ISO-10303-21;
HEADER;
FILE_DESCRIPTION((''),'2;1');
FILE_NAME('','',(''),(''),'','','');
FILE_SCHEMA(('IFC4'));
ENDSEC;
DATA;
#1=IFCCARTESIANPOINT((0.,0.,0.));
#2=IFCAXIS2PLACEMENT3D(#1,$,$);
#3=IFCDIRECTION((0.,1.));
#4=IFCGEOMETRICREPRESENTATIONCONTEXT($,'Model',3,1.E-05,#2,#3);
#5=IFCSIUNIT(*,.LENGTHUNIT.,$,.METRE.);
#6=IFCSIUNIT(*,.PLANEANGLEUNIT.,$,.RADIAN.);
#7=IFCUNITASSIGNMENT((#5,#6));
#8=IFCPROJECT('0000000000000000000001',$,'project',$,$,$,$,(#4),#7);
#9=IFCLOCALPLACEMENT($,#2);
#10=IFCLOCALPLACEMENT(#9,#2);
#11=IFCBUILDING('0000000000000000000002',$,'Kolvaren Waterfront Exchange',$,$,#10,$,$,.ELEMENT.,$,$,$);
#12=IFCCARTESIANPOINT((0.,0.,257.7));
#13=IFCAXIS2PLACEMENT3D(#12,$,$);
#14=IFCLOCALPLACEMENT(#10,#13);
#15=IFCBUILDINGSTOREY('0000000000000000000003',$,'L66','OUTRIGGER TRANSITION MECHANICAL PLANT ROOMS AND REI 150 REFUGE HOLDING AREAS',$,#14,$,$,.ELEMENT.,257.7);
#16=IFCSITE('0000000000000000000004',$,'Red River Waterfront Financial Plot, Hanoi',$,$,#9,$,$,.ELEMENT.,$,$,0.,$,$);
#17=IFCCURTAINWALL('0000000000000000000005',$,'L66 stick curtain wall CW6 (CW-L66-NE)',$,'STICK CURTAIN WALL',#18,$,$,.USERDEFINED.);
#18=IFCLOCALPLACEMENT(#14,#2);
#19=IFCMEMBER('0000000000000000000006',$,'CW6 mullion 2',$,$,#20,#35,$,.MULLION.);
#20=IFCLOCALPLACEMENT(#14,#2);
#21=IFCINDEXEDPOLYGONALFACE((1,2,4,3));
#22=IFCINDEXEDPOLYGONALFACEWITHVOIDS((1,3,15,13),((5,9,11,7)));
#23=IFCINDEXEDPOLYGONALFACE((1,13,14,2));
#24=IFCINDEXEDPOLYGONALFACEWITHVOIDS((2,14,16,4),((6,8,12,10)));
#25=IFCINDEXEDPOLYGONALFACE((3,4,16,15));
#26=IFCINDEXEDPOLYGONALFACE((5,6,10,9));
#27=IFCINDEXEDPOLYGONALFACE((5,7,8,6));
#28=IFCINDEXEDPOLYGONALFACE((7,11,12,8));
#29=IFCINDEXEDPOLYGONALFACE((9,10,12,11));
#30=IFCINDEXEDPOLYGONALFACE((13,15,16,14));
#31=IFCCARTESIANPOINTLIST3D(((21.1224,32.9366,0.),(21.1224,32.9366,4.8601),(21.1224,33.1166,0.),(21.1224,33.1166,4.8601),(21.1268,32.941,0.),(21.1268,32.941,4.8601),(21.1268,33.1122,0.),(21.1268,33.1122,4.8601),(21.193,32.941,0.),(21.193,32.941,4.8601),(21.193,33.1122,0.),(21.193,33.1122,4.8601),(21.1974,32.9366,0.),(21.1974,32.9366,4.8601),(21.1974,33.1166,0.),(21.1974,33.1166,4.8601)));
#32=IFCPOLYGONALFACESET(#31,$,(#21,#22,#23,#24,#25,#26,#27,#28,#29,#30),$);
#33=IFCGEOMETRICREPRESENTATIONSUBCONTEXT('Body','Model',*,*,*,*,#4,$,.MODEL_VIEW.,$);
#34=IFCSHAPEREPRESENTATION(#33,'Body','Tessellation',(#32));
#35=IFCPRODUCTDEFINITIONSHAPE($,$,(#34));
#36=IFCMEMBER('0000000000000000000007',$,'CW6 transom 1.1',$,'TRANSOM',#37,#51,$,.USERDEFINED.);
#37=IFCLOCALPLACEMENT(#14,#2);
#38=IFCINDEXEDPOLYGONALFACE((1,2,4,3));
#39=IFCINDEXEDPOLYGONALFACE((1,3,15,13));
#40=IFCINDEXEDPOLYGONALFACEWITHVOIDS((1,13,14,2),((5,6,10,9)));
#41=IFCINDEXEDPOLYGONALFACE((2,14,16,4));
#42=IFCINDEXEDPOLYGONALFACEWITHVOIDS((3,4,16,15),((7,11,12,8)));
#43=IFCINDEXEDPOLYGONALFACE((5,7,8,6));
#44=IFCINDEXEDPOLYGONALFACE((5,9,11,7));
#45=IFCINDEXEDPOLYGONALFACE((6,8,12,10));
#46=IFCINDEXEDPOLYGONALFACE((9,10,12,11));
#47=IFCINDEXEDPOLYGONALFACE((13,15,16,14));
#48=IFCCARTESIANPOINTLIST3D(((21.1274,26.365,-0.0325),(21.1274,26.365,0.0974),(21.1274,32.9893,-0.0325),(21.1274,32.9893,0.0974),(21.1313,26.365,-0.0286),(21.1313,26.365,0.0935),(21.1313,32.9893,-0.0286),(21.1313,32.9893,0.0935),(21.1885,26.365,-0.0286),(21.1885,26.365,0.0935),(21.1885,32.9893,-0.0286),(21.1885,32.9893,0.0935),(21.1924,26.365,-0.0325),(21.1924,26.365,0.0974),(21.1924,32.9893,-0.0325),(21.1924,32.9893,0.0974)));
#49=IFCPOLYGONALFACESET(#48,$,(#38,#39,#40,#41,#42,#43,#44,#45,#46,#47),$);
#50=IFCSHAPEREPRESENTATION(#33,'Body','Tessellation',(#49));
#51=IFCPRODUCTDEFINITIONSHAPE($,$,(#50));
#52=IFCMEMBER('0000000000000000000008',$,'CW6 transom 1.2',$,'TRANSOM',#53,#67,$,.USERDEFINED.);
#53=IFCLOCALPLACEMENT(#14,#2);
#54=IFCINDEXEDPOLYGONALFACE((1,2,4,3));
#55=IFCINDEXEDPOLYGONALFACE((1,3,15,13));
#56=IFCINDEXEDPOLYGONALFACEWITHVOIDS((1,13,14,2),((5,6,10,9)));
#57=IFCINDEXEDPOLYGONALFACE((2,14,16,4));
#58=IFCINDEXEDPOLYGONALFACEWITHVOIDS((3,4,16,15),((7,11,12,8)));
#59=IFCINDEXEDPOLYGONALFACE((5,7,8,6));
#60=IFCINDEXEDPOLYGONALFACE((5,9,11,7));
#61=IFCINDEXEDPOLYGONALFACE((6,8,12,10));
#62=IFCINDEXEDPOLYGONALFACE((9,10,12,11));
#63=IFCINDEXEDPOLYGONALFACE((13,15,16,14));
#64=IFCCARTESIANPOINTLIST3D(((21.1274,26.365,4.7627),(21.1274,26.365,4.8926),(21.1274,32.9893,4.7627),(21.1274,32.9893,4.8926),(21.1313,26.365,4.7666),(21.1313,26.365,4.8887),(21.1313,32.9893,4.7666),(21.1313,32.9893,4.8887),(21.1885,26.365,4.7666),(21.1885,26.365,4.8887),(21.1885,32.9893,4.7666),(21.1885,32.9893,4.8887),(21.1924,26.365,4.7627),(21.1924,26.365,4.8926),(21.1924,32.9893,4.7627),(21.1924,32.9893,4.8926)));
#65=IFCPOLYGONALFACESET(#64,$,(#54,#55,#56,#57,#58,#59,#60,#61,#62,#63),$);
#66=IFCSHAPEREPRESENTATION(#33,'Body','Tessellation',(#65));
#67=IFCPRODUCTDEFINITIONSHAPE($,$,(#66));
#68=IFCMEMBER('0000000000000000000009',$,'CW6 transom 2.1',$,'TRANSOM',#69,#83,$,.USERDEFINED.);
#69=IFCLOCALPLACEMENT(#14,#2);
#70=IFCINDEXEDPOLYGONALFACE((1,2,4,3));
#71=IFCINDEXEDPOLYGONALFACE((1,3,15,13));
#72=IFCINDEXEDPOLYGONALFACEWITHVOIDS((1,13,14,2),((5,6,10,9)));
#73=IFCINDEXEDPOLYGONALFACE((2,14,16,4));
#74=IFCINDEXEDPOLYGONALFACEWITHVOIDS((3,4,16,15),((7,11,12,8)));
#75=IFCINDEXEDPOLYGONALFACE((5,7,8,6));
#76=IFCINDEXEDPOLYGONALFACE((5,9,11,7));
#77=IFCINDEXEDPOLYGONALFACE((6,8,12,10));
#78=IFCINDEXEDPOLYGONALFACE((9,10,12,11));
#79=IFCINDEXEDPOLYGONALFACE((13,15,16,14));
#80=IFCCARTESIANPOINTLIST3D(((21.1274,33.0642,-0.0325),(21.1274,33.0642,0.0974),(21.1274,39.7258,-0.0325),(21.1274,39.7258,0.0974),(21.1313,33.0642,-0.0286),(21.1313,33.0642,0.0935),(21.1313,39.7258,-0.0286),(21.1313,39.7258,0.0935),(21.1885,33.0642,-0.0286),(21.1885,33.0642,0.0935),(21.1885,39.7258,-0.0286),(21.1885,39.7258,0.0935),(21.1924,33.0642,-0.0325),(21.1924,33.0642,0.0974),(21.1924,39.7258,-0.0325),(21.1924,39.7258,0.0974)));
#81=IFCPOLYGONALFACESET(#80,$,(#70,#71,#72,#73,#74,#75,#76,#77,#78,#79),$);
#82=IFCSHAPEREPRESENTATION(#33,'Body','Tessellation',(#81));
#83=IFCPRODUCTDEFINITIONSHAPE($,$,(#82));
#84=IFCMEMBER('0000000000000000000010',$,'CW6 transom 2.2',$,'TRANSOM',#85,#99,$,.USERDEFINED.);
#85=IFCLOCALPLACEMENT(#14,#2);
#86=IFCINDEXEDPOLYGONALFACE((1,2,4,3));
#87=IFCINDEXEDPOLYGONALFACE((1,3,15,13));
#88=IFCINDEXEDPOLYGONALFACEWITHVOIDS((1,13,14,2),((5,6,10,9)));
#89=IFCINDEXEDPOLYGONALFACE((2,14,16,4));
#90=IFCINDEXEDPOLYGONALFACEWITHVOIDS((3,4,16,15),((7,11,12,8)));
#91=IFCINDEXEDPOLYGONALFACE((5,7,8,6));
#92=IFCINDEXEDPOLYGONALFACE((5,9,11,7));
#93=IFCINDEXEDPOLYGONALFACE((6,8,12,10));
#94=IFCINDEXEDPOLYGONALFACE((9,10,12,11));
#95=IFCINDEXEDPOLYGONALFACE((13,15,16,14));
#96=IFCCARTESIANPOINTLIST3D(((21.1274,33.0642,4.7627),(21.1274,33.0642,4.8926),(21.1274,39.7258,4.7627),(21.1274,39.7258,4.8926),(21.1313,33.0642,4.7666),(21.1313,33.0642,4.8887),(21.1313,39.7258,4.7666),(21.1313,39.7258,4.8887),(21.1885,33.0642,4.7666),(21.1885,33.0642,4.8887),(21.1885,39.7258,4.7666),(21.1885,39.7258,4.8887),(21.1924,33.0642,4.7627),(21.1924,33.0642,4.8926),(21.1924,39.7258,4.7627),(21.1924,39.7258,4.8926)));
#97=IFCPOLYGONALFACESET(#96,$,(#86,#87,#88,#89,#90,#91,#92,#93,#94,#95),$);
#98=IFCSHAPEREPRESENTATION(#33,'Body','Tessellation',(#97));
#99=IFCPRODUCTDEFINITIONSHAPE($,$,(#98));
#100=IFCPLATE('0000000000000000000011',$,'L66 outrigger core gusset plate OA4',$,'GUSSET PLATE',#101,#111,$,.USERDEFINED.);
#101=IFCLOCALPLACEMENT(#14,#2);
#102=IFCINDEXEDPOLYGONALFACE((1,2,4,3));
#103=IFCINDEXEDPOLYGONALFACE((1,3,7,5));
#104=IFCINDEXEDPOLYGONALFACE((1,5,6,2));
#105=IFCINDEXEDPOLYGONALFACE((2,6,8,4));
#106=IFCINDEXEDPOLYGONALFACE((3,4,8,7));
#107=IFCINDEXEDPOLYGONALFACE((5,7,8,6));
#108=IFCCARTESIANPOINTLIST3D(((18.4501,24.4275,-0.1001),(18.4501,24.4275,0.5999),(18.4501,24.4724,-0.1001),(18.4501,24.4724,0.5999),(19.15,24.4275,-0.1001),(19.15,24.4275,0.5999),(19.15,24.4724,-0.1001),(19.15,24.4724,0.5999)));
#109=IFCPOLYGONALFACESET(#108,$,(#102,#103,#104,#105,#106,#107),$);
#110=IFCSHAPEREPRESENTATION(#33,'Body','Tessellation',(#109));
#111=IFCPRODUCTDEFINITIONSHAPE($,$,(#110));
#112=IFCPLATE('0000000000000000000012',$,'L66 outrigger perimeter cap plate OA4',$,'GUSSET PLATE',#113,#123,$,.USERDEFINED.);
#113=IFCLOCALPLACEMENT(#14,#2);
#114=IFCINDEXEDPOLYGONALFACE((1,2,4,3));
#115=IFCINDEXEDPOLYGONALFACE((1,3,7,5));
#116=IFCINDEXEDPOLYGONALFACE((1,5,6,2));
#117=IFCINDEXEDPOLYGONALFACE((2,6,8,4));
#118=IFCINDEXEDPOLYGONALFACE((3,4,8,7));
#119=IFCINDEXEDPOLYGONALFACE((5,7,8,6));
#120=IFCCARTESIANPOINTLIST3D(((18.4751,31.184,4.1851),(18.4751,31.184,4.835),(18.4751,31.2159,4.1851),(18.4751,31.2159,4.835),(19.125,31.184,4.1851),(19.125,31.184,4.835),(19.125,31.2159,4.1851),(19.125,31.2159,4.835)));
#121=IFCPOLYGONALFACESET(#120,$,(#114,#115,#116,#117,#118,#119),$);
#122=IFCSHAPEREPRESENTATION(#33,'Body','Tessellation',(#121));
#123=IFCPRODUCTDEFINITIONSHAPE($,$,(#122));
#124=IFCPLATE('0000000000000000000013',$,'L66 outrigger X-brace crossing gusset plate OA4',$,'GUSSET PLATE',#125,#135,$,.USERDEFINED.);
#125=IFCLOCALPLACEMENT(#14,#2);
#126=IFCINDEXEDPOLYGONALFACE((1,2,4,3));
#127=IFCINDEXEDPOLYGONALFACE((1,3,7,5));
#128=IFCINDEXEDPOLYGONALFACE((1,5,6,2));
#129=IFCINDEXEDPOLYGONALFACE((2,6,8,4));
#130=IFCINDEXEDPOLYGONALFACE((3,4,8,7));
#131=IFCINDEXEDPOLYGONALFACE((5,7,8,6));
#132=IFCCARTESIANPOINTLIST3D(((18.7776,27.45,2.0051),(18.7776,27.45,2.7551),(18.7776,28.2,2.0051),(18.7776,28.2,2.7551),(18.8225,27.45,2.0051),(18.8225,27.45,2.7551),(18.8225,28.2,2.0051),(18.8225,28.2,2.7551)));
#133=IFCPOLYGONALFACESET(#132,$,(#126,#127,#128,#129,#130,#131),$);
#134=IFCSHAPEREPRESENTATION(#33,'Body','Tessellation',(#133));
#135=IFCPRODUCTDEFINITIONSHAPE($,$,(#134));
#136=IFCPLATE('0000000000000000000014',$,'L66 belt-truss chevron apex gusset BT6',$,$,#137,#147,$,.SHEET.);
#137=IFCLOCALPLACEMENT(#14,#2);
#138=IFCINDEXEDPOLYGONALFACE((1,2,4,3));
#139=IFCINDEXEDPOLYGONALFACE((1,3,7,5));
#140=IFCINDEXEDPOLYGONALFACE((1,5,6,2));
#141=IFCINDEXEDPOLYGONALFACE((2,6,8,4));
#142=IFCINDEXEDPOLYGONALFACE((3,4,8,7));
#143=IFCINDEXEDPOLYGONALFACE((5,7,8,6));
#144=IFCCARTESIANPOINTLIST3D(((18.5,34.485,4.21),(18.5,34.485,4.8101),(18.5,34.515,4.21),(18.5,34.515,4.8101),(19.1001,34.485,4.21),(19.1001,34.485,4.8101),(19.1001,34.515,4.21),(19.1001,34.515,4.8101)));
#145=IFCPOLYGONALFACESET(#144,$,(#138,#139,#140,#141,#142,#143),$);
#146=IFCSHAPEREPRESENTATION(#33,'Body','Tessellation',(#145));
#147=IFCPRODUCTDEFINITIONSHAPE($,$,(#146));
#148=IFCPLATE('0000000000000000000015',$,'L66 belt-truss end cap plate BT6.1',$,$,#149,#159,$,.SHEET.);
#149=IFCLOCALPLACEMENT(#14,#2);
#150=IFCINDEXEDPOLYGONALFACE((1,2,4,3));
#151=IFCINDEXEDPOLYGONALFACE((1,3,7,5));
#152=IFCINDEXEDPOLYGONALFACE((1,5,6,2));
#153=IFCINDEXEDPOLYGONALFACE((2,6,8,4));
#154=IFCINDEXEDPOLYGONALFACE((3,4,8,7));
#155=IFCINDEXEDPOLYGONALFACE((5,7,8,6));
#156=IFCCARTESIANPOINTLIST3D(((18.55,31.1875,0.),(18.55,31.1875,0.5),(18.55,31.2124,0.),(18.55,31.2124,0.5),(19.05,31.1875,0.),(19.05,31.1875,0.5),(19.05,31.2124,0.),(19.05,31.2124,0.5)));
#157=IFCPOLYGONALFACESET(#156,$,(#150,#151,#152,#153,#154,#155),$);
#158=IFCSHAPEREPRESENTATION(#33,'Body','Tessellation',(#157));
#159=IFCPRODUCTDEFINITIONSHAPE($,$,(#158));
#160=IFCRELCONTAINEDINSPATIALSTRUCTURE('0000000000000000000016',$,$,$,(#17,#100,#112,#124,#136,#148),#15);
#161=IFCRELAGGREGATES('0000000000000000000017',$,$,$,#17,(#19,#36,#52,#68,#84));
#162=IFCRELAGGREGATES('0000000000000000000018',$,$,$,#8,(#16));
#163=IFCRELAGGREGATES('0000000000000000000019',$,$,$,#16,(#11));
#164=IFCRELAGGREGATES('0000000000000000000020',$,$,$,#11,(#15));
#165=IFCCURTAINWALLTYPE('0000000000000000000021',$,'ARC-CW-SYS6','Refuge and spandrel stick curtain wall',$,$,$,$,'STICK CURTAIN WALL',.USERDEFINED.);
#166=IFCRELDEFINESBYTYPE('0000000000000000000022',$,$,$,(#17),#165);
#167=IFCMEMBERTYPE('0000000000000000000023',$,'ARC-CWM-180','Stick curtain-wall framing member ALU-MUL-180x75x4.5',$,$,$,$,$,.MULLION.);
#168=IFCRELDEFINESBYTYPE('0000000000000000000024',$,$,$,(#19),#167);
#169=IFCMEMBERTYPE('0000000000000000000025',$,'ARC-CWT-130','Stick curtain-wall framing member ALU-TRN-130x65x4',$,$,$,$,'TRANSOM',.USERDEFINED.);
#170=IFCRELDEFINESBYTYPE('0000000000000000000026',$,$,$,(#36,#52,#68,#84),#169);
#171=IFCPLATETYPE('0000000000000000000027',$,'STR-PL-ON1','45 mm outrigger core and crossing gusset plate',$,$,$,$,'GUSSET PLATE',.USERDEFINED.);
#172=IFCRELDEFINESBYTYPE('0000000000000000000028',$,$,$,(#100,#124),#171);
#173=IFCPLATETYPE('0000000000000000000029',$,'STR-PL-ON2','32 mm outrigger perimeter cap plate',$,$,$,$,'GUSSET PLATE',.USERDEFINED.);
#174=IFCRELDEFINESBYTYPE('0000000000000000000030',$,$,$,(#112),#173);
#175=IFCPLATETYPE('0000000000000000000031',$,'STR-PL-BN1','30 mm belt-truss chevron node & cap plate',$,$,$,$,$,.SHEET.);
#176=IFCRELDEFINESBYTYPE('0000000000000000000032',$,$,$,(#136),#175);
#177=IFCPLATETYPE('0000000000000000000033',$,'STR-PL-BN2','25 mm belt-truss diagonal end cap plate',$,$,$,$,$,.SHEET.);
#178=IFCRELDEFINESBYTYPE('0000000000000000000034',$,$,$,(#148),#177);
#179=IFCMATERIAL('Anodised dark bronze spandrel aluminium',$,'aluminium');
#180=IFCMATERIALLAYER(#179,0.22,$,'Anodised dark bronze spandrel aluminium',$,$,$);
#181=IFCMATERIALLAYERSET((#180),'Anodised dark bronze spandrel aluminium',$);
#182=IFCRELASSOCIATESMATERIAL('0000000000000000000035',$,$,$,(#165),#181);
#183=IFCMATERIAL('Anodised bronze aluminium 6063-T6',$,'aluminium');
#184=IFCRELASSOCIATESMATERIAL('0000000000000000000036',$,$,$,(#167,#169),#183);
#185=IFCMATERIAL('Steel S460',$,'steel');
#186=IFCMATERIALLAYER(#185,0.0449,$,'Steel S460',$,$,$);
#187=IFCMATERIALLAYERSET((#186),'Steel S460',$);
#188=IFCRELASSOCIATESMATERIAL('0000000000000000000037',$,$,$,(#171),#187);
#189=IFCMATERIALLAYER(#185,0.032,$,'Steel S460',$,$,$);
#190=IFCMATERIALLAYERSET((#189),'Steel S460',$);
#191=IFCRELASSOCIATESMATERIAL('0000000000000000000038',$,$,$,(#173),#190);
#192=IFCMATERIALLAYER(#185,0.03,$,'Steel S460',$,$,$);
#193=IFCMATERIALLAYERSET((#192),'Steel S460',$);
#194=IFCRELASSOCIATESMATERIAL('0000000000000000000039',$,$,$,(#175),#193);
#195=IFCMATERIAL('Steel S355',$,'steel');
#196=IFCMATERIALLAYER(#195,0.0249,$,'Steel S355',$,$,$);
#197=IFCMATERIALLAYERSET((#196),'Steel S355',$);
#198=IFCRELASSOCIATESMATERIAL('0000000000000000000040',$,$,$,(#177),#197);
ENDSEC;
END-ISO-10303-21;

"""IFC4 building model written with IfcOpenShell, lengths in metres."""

from ifc_helpers import new_model, si_unit, direction, frame, origin, origin_with_axes, origin_2d, place, context, subcontext, project, spatial, rectangle, hollow_rectangle, extrude, source, transform, mapped, material, layer, layer_set, material_profile, profile_set, type_object, element, aggregate, save


model = new_model("IFC4")

# Units and contexts
model_context = context("Model", 3, precision=1e-05, world=origin(), true_north=direction((0.0, 1.0)))
body_context = subcontext(model_context, "Body", "Model", "MODEL_VIEW")
ifc_project = project(units=[si_unit("LENGTHUNIT", "METRE"), si_unit("PLANEANGLEUNIT", "RADIAN")], contexts=[model_context])

# Site, building, storey
site_placement = place(None, origin())
site = spatial("IfcSite", under=ifc_project, at=site_placement, Name="Red River Waterfront Financial Plot, Hanoi", CompositionType="ELEMENT", RefElevation=0.0)
building_placement = place(site_placement, origin())
building = spatial("IfcBuilding", under=site, at=building_placement, Name="Kolvaren Waterfront Exchange", CompositionType="ELEMENT")
storey_placement = place(building_placement, frame((0.0, 0.0, 257.7)))
storey = spatial("IfcBuildingStorey", under=building, at=storey_placement, Name="L66", Description="OUTRIGGER TRANSITION MECHANICAL PLANT ROOMS AND REI 150 REFUGE HOLDING AREAS", CompositionType="ELEMENT", Elevation=257.7)

# Shared definitions
ifc_material_1 = material(Name="Steel S355", Category="steel")

# Shared definitions
ifc_material_2 = material(Name="Steel S460", Category="steel")

# Curtain wall, members
ifc_material_3 = material(Name="Anodised dark bronze spandrel aluminium", Category="aluminium")
ifc_layer_1 = layer(ifc_material_3, 0.22, Name="Anodised dark bronze spandrel aluminium")
ifc_layer_set_1 = layer_set([ifc_layer_1], Name="Anodised dark bronze spandrel aluminium")
curtain_wall_type = type_object("IfcCurtainWallType", Name="ARC-CW-SYS6", Description="Refuge and spandrel stick curtain wall", ElementType="STICK CURTAIN WALL", PredefinedType="USERDEFINED", material=ifc_layer_set_1)
curtain_wall_placement = place(storey_placement, origin())
curtain_wall = element("IfcCurtainWall", 1, at=curtain_wall_placement, inside=storey, type_object=curtain_wall_type, Name="L66 stick curtain wall CW6 (CW-L66-NE)", ObjectType="STICK CURTAIN WALL", PredefinedType="USERDEFINED")
ifc_material_4 = material(Name="Anodised bronze aluminium 6063-T6", Category="aluminium")
ifc_material_profile_1 = material_profile(ifc_material_4, hollow_rectangle(XDim=0.075, YDim=0.1799, WallThickness=0.0044, at=origin_2d()), Name="ALU-MUL-180x75x4.5")
ifc_profile_set_1 = profile_set([ifc_material_profile_1], Name="Anodised bronze aluminium 6063-T6")
member_type_1 = type_object("IfcMemberType", Name="ARC-CWM-180", Description="Stick curtain-wall framing member ALU-MUL-180x75x4.5", PredefinedType="MULLION", material=ifc_profile_set_1)
shared_shape_1 = source(origin_with_axes(), body_context, "Body", "SweptSolid", [
    extrude(hollow_rectangle(XDim=0.075, YDim=0.1799, WallThickness=0.0044, at=origin_2d()), origin(), (0.0, 0.0, 1.0), 4.8601),
])
member_1_placement = place(storey_placement, frame((21.1599, 33.0266, 0.0), z_axis=(0.0, 0.0, 1.0), x_axis=(-1.0, 0.0, 0.0)))
member_1 = element("IfcMember", 2, at=member_1_placement, type_object=member_type_1, Name="CW6 mullion 2", PredefinedType="MULLION", context=body_context, shape_type="MappedRepresentation", body=[
    mapped(shared_shape_1, transform((0.0, 0.0, 0.0), x_axis=(1.0, 0.0, 0.0), y_axis=(0.0, 1.0, 0.0), z_axis=(0.0, 0.0, 1.0), scale=1.0)),
])
ifc_material_profile_2 = material_profile(ifc_material_4, hollow_rectangle(XDim=0.0649, YDim=0.1299, WallThickness=0.0039, at=origin_2d()), Name="ALU-TRN-130x65x4")
ifc_profile_set_2 = profile_set([ifc_material_profile_2], Name="Anodised bronze aluminium 6063-T6")
member_type_2 = type_object("IfcMemberType", Name="ARC-CWT-130", Description="Stick curtain-wall framing member ALU-TRN-130x65x4", ElementType="TRANSOM", PredefinedType="USERDEFINED", material=ifc_profile_set_2)
shared_shape_2 = source(origin_with_axes(), body_context, "Body", "SweptSolid", [
    extrude(hollow_rectangle(XDim=0.0649, YDim=0.1299, WallThickness=0.0039, at=origin_2d()), origin(), (0.0, 0.0, 1.0), 6.6243),
])
member_2_placement = place(storey_placement, frame((21.1599, 26.365, 0.0325), z_axis=(0.0, 1.0, 0.0), x_axis=(-1.0, 0.0, 0.0)))
member_2 = element("IfcMember", 3, at=member_2_placement, type_object=member_type_2, Name="CW6 transom 1.1", ObjectType="TRANSOM", PredefinedType="USERDEFINED", context=body_context, shape_type="MappedRepresentation", body=[
    mapped(shared_shape_2, transform((0.0, 0.0, 0.0), x_axis=(1.0, 0.0, 0.0), y_axis=(0.0, 1.0, 0.0), z_axis=(0.0, 0.0, 1.0), scale=1.0)),
])
member_3_placement = place(storey_placement, frame((21.1599, 26.365, 4.8276), z_axis=(0.0, 1.0, 0.0), x_axis=(-1.0, 0.0, 0.0)))
member_3 = element("IfcMember", 4, at=member_3_placement, type_object=member_type_2, Name="CW6 transom 1.2", ObjectType="TRANSOM", PredefinedType="USERDEFINED", context=body_context, shape_type="MappedRepresentation", body=[
    mapped(shared_shape_2, transform((0.0, 0.0, 0.0), x_axis=(1.0, 0.0, 0.0), y_axis=(0.0, 1.0, 0.0), z_axis=(0.0, 0.0, 1.0), scale=1.0)),
])
shared_shape_3 = source(origin_with_axes(), body_context, "Body", "SweptSolid", [
    extrude(hollow_rectangle(XDim=0.0649, YDim=0.1299, WallThickness=0.0039, at=origin_2d()), origin(), (0.0, 0.0, 1.0), 6.6616),
])
member_4_placement = place(storey_placement, frame((21.1599, 33.0642, 0.0325), z_axis=(0.0, 1.0, 0.0), x_axis=(-1.0, 0.0, 0.0)))
member_4 = element("IfcMember", 5, at=member_4_placement, type_object=member_type_2, Name="CW6 transom 2.1", ObjectType="TRANSOM", PredefinedType="USERDEFINED", context=body_context, shape_type="MappedRepresentation", body=[
    mapped(shared_shape_3, transform((0.0, 0.0, 0.0), x_axis=(1.0, 0.0, 0.0), y_axis=(0.0, 1.0, 0.0), z_axis=(0.0, 0.0, 1.0), scale=1.0)),
])
member_5_placement = place(storey_placement, frame((21.1599, 33.0642, 4.8276), z_axis=(0.0, 1.0, 0.0), x_axis=(-1.0, 0.0, 0.0)))
member_5 = element("IfcMember", 6, at=member_5_placement, type_object=member_type_2, Name="CW6 transom 2.2", ObjectType="TRANSOM", PredefinedType="USERDEFINED", context=body_context, shape_type="MappedRepresentation", body=[
    mapped(shared_shape_3, transform((0.0, 0.0, 0.0), x_axis=(1.0, 0.0, 0.0), y_axis=(0.0, 1.0, 0.0), z_axis=(0.0, 0.0, 1.0), scale=1.0)),
])

# Plates
ifc_layer_2 = layer(ifc_material_2, 0.0449, Name="Steel S460")
ifc_layer_set_2 = layer_set([ifc_layer_2], Name="Steel S460")
plate_type_1 = type_object("IfcPlateType", Name="STR-PL-ON1", Description="45 mm outrigger core and crossing gusset plate", ElementType="GUSSET PLATE", PredefinedType="USERDEFINED", material=ifc_layer_set_2)
shared_shape_4 = source(origin_with_axes(), body_context, "Body", "SweptSolid", [
    extrude(rectangle(XDim=0.7, YDim=0.0449, at=origin_2d()), origin(), (0.0, 0.0, 1.0), 0.7),
])
plate_1_placement = place(storey_placement, frame((18.8, 24.45, -0.1001), z_axis=(0.0, 0.0, 1.0), x_axis=(1.0, 0.0, 0.0)))
element("IfcPlate", 7, at=plate_1_placement, inside=storey, type_object=plate_type_1, Name="L66 outrigger core gusset plate OA4", ObjectType="GUSSET PLATE", PredefinedType="USERDEFINED", context=body_context, shape_type="MappedRepresentation", body=[
    mapped(shared_shape_4, transform((0.0, 0.0, 0.0), x_axis=(1.0, 0.0, 0.0), y_axis=(0.0, 1.0, 0.0), z_axis=(0.0, 0.0, 1.0), scale=1.0)),
])
ifc_layer_3 = layer(ifc_material_2, 0.032, Name="Steel S460")
ifc_layer_set_3 = layer_set([ifc_layer_3], Name="Steel S460")
plate_type_2 = type_object("IfcPlateType", Name="STR-PL-ON2", Description="32 mm outrigger perimeter cap plate", ElementType="GUSSET PLATE", PredefinedType="USERDEFINED", material=ifc_layer_set_3)
shared_shape_5 = source(origin_with_axes(), body_context, "Body", "SweptSolid", [
    extrude(rectangle(XDim=0.6499, YDim=0.032, at=origin_2d()), origin(), (0.0, 0.0, 1.0), 0.6499),
])
plate_2_placement = place(storey_placement, frame((18.8, 31.2, 4.1851), z_axis=(0.0, 0.0, 1.0), x_axis=(1.0, 0.0, 0.0)))
element("IfcPlate", 8, at=plate_2_placement, inside=storey, type_object=plate_type_2, Name="L66 outrigger perimeter cap plate OA4", ObjectType="GUSSET PLATE", PredefinedType="USERDEFINED", context=body_context, shape_type="MappedRepresentation", body=[
    mapped(shared_shape_5, transform((0.0, 0.0, 0.0), x_axis=(1.0, 0.0, 0.0), y_axis=(0.0, 1.0, 0.0), z_axis=(0.0, 0.0, 1.0), scale=1.0)),
])
shared_shape_6 = source(origin_with_axes(), body_context, "Body", "SweptSolid", [
    extrude(rectangle(XDim=0.0449, YDim=0.75, at=origin_2d()), origin(), (0.0, 0.0, 1.0), 0.75),
])
plate_3_placement = place(storey_placement, frame((18.8, 27.825, 2.0051), z_axis=(0.0, 0.0, 1.0), x_axis=(1.0, 0.0, 0.0)))
element("IfcPlate", 9, at=plate_3_placement, inside=storey, type_object=plate_type_1, Name="L66 outrigger X-brace crossing gusset plate OA4", ObjectType="GUSSET PLATE", PredefinedType="USERDEFINED", context=body_context, shape_type="MappedRepresentation", body=[
    mapped(shared_shape_6, transform((0.0, 0.0, 0.0), x_axis=(1.0, 0.0, 0.0), y_axis=(0.0, 1.0, 0.0), z_axis=(0.0, 0.0, 1.0), scale=1.0)),
])
ifc_layer_4 = layer(ifc_material_2, 0.03, Name="Steel S460")
ifc_layer_set_4 = layer_set([ifc_layer_4], Name="Steel S460")
plate_type_3 = type_object("IfcPlateType", Name="STR-PL-BN1", Description="30 mm belt-truss chevron node & cap plate", PredefinedType="SHEET", material=ifc_layer_set_4)
shared_shape_7 = source(origin_with_axes(), body_context, "Body", "SweptSolid", [
    extrude(rectangle(XDim=0.6001, YDim=0.03, at=origin_2d()), origin(), (0.0, 0.0, 1.0), 0.6001),
])
plate_4_placement = place(storey_placement, frame((18.8, 34.5, 4.21), z_axis=(0.0, 0.0, 1.0), x_axis=(1.0, 0.0, 0.0)))
element("IfcPlate", 10, at=plate_4_placement, inside=storey, type_object=plate_type_3, Name="L66 belt-truss chevron apex gusset BT6", PredefinedType="SHEET", context=body_context, shape_type="MappedRepresentation", body=[
    mapped(shared_shape_7, transform((0.0, 0.0, 0.0), x_axis=(1.0, 0.0, 0.0), y_axis=(0.0, 1.0, 0.0), z_axis=(0.0, 0.0, 1.0), scale=1.0)),
])
ifc_layer_5 = layer(ifc_material_1, 0.0249, Name="Steel S355")
ifc_layer_set_5 = layer_set([ifc_layer_5], Name="Steel S355")
plate_type_4 = type_object("IfcPlateType", Name="STR-PL-BN2", Description="25 mm belt-truss diagonal end cap plate", PredefinedType="SHEET", material=ifc_layer_set_5)
shared_shape_8 = source(origin_with_axes(), body_context, "Body", "SweptSolid", [
    extrude(rectangle(XDim=0.5, YDim=0.0249, at=origin_2d()), origin(), (0.0, 0.0, 1.0), 0.5),
])
plate_5_placement = place(storey_placement, frame((18.8, 31.2, 0.0), z_axis=(0.0, 0.0, 1.0), x_axis=(1.0, 0.0, 0.0)))
element("IfcPlate", 11, at=plate_5_placement, inside=storey, type_object=plate_type_4, Name="L66 belt-truss end cap plate BT6.1", PredefinedType="SHEET", context=body_context, shape_type="MappedRepresentation", body=[
    mapped(shared_shape_8, transform((0.0, 0.0, 0.0), x_axis=(1.0, 0.0, 0.0), y_axis=(0.0, 1.0, 0.0), z_axis=(0.0, 0.0, 1.0), scale=1.0)),
])

aggregate(curtain_wall, [member_1, member_2, member_3, member_4, member_5])

save(model, "model.ifc")
